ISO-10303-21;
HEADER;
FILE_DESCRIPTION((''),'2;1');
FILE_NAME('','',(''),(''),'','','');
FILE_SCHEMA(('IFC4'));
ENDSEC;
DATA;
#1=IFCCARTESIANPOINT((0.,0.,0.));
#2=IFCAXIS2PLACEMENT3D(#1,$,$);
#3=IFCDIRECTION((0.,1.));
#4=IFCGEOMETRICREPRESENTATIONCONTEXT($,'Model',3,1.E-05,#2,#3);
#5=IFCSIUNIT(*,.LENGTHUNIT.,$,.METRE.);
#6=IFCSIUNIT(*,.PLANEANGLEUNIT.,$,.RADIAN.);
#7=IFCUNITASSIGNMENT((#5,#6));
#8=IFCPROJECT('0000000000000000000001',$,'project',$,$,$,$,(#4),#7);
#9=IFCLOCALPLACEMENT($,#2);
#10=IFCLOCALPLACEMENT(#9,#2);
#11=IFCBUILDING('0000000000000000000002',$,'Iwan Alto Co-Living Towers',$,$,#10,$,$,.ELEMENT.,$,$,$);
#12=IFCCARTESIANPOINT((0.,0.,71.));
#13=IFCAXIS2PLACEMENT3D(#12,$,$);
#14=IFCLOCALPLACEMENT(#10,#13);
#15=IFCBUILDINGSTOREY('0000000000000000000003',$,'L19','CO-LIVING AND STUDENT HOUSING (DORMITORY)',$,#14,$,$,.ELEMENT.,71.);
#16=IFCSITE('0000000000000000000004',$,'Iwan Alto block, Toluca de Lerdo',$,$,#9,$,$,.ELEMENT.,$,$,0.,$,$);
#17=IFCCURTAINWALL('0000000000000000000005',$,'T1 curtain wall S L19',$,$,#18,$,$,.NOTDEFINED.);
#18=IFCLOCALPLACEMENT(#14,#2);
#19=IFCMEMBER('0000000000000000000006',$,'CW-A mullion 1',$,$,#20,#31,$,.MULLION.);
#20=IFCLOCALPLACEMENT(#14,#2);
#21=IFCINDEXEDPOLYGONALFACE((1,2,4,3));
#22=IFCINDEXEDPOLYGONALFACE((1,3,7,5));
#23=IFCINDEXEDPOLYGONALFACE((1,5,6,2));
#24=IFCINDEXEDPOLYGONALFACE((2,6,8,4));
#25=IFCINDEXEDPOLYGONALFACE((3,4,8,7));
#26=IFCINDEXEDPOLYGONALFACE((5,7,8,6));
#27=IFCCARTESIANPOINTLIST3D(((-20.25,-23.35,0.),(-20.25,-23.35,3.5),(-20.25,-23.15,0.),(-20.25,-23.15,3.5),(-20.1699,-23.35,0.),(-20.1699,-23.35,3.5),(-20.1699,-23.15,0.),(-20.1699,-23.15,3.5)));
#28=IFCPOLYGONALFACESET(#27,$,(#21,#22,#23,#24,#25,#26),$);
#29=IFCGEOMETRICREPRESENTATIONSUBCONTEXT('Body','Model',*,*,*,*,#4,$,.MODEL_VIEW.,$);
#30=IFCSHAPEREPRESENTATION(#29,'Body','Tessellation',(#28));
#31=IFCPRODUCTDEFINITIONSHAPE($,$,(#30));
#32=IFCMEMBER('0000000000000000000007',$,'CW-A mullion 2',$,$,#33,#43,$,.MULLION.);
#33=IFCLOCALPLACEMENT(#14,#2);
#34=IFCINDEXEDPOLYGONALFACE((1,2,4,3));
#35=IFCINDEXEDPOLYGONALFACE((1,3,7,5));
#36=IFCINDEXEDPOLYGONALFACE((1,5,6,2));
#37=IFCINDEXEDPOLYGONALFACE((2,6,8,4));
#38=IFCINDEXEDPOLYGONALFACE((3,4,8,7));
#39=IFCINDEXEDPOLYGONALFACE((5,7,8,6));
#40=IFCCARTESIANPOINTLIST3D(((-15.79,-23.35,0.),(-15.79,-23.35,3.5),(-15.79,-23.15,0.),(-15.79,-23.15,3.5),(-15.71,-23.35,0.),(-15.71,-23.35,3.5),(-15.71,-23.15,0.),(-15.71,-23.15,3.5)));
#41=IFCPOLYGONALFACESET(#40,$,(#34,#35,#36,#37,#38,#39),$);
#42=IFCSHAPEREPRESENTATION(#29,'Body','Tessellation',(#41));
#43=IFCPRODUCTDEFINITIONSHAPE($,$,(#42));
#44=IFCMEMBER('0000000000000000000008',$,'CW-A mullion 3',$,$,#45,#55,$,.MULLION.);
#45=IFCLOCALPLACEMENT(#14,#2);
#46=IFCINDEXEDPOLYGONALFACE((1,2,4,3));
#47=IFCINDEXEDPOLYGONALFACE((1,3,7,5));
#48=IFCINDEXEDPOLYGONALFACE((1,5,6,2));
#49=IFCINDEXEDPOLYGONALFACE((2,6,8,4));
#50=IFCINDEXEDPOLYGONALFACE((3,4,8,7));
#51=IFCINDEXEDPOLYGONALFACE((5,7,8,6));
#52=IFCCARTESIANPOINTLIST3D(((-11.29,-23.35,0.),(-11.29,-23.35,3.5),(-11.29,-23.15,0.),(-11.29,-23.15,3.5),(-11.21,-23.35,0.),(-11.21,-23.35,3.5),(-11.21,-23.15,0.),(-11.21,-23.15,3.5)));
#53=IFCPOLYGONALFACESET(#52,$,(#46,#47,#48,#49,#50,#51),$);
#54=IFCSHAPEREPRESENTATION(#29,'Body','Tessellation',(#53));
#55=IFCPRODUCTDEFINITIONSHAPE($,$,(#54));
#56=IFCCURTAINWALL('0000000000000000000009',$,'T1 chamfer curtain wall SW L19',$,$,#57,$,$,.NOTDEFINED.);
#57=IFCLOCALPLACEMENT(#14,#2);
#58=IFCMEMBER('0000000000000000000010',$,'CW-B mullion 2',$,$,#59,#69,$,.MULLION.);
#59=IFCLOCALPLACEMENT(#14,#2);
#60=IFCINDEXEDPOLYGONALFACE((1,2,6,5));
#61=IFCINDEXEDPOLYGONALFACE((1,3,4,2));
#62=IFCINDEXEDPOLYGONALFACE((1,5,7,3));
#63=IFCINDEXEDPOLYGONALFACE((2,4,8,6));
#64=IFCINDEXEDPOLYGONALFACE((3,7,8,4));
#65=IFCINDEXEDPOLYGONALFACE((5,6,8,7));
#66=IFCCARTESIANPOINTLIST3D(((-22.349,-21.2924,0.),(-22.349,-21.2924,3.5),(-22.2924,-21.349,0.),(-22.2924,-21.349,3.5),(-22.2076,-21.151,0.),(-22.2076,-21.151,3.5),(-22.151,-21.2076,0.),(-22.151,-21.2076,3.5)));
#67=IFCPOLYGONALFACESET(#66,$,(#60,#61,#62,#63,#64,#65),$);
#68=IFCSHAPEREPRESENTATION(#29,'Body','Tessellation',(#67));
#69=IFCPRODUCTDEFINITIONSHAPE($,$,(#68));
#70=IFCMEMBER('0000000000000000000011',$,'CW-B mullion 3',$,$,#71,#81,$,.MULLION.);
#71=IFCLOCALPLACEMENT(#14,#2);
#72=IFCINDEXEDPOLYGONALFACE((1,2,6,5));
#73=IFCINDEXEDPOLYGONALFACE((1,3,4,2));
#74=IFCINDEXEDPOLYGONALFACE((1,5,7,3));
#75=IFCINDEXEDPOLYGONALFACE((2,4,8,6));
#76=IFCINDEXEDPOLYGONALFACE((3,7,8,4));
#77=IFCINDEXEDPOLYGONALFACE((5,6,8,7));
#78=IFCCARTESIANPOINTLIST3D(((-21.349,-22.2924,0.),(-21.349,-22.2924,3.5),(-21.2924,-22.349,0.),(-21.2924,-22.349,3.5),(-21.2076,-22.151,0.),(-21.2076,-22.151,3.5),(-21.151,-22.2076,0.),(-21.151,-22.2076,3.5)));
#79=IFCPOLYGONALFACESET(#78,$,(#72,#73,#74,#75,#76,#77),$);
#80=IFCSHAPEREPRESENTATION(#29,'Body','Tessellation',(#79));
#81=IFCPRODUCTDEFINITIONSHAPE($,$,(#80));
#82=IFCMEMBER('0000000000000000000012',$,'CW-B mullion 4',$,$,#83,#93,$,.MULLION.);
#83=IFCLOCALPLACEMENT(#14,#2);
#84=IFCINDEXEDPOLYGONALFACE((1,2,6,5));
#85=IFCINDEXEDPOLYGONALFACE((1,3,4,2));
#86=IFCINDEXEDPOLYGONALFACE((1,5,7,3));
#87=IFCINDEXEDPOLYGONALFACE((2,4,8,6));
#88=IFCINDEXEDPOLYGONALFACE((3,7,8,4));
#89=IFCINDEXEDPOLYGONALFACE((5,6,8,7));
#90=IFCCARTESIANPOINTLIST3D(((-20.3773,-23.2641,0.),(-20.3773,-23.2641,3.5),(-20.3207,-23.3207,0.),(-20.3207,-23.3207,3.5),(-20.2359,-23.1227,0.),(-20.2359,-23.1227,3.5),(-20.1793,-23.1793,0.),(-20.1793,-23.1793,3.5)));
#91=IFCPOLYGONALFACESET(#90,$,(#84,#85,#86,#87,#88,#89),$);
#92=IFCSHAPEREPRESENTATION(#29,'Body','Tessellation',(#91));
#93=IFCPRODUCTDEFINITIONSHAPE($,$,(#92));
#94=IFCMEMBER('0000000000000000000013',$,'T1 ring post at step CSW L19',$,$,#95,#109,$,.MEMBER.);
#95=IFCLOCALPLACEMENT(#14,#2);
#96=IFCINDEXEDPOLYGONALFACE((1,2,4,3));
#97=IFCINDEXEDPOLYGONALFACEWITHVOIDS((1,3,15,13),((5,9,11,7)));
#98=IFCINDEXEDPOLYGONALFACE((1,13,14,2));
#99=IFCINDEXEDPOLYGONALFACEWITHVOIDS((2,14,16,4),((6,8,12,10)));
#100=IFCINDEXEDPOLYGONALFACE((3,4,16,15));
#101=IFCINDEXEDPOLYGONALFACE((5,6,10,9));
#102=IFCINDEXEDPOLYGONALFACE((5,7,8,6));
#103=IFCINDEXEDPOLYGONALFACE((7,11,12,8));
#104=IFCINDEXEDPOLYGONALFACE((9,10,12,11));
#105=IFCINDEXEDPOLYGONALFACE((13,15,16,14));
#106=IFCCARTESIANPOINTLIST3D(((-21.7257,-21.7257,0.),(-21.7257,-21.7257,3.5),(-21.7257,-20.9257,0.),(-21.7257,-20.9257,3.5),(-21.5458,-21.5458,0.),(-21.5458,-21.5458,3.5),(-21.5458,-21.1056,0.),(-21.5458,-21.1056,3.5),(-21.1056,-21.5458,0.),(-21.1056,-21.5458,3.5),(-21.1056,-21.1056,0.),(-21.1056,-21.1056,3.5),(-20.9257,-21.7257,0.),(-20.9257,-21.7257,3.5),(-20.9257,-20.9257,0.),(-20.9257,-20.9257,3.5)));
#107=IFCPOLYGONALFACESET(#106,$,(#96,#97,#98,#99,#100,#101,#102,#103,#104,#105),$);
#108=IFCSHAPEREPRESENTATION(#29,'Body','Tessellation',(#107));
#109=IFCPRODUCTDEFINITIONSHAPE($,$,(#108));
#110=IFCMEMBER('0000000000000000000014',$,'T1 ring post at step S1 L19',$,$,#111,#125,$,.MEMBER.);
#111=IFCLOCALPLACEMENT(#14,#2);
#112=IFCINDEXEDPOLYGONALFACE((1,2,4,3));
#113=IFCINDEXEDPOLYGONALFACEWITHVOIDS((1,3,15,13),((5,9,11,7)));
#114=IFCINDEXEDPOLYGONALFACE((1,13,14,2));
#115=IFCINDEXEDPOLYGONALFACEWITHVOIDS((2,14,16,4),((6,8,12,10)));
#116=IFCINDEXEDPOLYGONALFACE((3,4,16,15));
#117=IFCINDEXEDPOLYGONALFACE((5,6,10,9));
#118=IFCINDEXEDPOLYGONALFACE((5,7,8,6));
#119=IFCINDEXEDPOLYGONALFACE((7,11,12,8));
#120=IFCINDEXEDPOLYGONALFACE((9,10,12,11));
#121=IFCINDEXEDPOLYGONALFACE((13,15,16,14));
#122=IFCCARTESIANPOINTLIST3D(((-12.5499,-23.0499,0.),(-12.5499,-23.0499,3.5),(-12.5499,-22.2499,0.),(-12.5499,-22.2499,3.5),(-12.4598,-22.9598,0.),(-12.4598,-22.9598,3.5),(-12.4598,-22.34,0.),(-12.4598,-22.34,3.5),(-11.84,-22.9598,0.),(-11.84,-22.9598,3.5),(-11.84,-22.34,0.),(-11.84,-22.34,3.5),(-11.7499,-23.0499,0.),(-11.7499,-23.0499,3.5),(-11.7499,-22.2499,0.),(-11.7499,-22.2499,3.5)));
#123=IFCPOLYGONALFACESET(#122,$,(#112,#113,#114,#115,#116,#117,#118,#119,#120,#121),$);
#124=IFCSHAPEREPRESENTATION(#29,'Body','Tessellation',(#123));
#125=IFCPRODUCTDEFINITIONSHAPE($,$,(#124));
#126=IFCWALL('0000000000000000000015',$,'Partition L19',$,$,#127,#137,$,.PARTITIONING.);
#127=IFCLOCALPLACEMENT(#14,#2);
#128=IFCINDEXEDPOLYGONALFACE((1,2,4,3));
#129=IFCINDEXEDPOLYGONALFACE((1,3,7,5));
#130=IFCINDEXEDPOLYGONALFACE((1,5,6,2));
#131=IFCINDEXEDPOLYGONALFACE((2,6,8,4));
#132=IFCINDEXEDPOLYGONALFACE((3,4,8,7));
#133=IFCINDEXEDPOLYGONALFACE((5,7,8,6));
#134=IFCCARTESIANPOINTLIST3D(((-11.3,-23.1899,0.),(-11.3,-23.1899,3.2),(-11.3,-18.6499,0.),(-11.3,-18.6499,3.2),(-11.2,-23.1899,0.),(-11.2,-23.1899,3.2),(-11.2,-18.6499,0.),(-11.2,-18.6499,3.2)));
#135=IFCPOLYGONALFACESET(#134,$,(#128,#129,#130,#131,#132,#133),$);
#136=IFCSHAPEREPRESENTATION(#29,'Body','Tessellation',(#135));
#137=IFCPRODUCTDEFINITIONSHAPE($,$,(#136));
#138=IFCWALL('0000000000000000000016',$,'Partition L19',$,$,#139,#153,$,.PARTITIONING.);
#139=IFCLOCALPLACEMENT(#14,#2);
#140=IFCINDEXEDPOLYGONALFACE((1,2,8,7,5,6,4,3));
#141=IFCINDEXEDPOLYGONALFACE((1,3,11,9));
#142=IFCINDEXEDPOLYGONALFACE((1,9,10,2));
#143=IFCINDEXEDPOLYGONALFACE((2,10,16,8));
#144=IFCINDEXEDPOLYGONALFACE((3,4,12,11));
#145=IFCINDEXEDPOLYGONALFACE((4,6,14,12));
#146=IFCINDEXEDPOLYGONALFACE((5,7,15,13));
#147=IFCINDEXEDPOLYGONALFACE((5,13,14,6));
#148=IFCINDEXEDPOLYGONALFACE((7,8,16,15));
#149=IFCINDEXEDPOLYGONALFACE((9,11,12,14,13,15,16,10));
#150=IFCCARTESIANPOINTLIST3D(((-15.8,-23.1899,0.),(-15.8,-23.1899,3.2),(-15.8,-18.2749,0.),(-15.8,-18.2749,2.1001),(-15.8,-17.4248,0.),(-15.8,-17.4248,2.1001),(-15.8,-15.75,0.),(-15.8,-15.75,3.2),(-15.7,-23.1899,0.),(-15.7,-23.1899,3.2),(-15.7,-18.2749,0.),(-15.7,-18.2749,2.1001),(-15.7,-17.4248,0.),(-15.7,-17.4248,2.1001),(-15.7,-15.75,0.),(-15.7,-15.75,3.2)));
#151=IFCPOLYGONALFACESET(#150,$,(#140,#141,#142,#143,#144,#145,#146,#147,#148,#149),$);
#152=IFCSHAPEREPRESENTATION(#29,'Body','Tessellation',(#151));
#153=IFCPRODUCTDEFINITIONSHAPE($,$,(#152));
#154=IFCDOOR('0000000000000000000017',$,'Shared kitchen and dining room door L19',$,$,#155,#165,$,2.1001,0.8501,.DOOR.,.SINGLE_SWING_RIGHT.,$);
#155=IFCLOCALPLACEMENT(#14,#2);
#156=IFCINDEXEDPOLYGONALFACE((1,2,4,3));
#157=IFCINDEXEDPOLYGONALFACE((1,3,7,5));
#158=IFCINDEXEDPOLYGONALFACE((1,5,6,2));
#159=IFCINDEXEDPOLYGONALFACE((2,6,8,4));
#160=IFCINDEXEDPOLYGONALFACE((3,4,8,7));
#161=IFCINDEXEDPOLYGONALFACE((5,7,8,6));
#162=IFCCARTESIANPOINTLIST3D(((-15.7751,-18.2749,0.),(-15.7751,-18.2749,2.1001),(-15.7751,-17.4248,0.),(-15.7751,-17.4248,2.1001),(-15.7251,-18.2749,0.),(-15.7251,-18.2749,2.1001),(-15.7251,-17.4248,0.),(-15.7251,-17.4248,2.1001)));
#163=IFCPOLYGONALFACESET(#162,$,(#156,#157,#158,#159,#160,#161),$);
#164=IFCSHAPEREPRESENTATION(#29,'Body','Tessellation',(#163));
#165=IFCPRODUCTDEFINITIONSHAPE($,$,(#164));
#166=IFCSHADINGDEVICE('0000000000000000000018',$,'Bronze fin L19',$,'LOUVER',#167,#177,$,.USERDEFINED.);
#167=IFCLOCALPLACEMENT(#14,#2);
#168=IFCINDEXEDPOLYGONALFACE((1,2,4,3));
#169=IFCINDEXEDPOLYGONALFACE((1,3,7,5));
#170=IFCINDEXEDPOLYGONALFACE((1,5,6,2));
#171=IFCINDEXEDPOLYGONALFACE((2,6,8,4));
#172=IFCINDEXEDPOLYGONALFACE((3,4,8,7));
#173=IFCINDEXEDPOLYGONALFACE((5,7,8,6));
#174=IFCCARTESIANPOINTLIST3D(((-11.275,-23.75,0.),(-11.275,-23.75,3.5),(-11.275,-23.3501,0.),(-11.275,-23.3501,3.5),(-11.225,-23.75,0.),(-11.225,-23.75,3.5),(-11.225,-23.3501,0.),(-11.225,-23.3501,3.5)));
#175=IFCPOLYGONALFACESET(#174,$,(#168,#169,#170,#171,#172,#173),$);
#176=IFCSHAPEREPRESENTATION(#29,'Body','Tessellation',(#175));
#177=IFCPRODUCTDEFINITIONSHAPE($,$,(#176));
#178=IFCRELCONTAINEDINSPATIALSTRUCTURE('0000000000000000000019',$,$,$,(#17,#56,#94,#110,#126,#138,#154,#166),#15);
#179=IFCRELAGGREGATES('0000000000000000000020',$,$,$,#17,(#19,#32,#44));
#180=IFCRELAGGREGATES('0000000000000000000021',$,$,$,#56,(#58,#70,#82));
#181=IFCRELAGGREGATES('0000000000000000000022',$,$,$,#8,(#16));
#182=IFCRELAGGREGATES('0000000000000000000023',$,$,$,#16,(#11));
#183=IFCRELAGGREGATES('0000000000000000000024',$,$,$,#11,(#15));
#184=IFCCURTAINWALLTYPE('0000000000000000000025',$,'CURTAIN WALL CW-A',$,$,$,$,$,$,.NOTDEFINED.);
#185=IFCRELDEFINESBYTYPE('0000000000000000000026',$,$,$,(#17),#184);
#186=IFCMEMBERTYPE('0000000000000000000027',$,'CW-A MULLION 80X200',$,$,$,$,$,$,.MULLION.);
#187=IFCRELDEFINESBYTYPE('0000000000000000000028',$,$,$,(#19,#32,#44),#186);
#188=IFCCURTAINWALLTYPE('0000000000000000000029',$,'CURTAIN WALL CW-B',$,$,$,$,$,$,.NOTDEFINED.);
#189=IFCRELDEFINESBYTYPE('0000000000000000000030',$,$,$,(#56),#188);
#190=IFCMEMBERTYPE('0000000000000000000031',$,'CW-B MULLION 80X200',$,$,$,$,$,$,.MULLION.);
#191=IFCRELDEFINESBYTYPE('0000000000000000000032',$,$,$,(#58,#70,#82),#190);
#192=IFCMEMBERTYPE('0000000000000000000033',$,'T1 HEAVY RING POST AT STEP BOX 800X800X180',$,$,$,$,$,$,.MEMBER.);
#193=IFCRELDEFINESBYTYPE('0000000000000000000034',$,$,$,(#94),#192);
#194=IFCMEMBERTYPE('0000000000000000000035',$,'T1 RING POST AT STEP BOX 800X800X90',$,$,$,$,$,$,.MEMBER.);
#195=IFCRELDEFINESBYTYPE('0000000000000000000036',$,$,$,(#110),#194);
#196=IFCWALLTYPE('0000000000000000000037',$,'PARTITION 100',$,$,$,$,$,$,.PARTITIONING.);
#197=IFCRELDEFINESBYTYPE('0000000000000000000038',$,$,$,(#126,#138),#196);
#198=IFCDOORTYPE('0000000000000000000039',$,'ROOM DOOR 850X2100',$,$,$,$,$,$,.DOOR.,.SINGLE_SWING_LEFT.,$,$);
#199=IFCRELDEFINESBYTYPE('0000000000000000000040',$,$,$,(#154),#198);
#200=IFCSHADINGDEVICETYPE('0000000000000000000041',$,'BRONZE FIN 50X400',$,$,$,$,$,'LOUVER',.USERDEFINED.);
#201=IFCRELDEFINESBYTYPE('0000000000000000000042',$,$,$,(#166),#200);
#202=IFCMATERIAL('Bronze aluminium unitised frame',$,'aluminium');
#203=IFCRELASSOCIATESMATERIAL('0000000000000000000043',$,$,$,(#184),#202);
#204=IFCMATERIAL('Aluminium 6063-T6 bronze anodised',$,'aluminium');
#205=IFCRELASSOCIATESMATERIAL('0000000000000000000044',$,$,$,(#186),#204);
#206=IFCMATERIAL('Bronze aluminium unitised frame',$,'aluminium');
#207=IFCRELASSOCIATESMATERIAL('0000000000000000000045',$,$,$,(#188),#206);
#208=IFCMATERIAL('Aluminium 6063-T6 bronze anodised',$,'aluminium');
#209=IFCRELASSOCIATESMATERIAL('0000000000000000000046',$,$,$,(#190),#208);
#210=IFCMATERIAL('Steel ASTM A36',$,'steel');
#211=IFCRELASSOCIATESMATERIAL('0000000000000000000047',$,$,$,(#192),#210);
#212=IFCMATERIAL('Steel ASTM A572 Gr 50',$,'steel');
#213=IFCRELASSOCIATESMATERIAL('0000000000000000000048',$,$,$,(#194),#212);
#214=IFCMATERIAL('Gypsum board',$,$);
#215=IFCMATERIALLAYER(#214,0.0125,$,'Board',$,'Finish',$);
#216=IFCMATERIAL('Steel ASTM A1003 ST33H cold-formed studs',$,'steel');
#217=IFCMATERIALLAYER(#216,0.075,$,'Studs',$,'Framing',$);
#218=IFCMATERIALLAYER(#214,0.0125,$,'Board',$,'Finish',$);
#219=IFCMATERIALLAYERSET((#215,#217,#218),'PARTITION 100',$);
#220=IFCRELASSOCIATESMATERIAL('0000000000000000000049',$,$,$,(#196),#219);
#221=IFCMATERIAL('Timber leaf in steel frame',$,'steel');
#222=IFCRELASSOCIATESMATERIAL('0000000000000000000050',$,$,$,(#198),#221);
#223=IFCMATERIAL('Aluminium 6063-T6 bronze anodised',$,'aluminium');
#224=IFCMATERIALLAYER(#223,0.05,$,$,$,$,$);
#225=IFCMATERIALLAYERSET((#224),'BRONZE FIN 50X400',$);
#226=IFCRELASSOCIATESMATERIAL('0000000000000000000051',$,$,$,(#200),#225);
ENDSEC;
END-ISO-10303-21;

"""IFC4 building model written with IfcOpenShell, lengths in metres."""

from ifc_helpers import new_model, si_unit, direction, frame, frame_2d, origin, origin_2d, place, context, subcontext, project, spatial, rectangle, hollow_rectangle, extrude, material, layer, layer_set, material_profile, profile_set, type_object, element, fill, aggregate, save


model = new_model("IFC4")

# Units and contexts
model_context = context("Model", 3, precision=1e-05, world=origin(), true_north=direction((0.0, 1.0)))
body_context = subcontext(model_context, "Body", "Model", "MODEL_VIEW")
ifc_project = project(units=[si_unit("LENGTHUNIT", "METRE"), si_unit("PLANEANGLEUNIT", "RADIAN")], contexts=[model_context])

# Site, building, storey
site_placement = place(None, origin())
site = spatial("IfcSite", under=ifc_project, at=site_placement, Name="Iwan Alto block, Toluca de Lerdo", CompositionType="ELEMENT", RefElevation=0.0)
building_placement = place(site_placement, origin())
building = spatial("IfcBuilding", under=site, at=building_placement, Name="Iwan Alto Co-Living Towers", CompositionType="ELEMENT")
storey_placement = place(building_placement, frame((0.0, 0.0, 71.0)))
storey = spatial("IfcBuildingStorey", under=building, at=storey_placement, Name="L19", Description="CO-LIVING AND STUDENT HOUSING (DORMITORY)", CompositionType="ELEMENT", Elevation=71.0)

# Curtain walls, members
ifc_material_1 = material(Name="Bronze aluminium unitised frame", Category="aluminium")
curtain_wall_type_1 = type_object("IfcCurtainWallType", Name="CURTAIN WALL CW-A", PredefinedType="NOTDEFINED", material=ifc_material_1)
curtain_wall_1_placement = place(storey_placement, origin())
curtain_wall_1 = element("IfcCurtainWall", 1, at=curtain_wall_1_placement, inside=storey, type_object=curtain_wall_type_1, Name="T1 curtain wall S L19", PredefinedType="NOTDEFINED")
ifc_material_2 = material(Name="Aluminium 6063-T6 bronze anodised", Category="aluminium")
ifc_material_profile_1 = material_profile(ifc_material_2, rectangle(XDim=0.2, YDim=0.0801, at=origin_2d()), Name="AL 80X200")
ifc_profile_set_1 = profile_set([ifc_material_profile_1], Name="Aluminium 6063-T6 bronze anodised")
member_type_1 = type_object("IfcMemberType", Name="CW-A MULLION 80X200", PredefinedType="MULLION", material=ifc_profile_set_1)
member_1_placement = place(storey_placement, frame((-20.21, -23.25, 0.0), z_axis=(0.0, 0.0, 1.0), x_axis=(0.0, 1.0, 0.0)))
member_1 = element("IfcMember", 2, at=member_1_placement, type_object=member_type_1, Name="CW-A mullion 1", PredefinedType="MULLION", context=body_context, shape_type="SweptSolid", body=[
    extrude(rectangle(XDim=0.2, YDim=0.0801, at=origin_2d()), origin(), (0.0, 0.0, 1.0), 3.5),
])
member_2_placement = place(storey_placement, frame((-15.75, -23.25, 0.0), z_axis=(0.0, 0.0, 1.0), x_axis=(0.0, 1.0, 0.0)))
member_2 = element("IfcMember", 3, at=member_2_placement, type_object=member_type_1, Name="CW-A mullion 2", PredefinedType="MULLION", context=body_context, shape_type="SweptSolid", body=[
    extrude(rectangle(XDim=0.2, YDim=0.0801, at=origin_2d()), origin(), (0.0, 0.0, 1.0), 3.5),
])
member_3_placement = place(storey_placement, frame((-11.25, -23.25, 0.0), z_axis=(0.0, 0.0, 1.0), x_axis=(0.0, 1.0, 0.0)))
member_3 = element("IfcMember", 4, at=member_3_placement, type_object=member_type_1, Name="CW-A mullion 3", PredefinedType="MULLION", context=body_context, shape_type="SweptSolid", body=[
    extrude(rectangle(XDim=0.2, YDim=0.0801, at=origin_2d()), origin(), (0.0, 0.0, 1.0), 3.5),
])
aggregate(curtain_wall_1, [member_1, member_2, member_3])
ifc_material_3 = material(Name="Bronze aluminium unitised frame", Category="aluminium")
curtain_wall_type_2 = type_object("IfcCurtainWallType", Name="CURTAIN WALL CW-B", PredefinedType="NOTDEFINED", material=ifc_material_3)
curtain_wall_2_placement = place(storey_placement, origin())
curtain_wall_2 = element("IfcCurtainWall", 5, at=curtain_wall_2_placement, inside=storey, type_object=curtain_wall_type_2, Name="T1 chamfer curtain wall SW L19", PredefinedType="NOTDEFINED")
ifc_material_4 = material(Name="Aluminium 6063-T6 bronze anodised", Category="aluminium")
ifc_material_profile_2 = material_profile(ifc_material_4, rectangle(XDim=0.2, YDim=0.0801, at=origin_2d()), Name="AL 80X200")
ifc_profile_set_2 = profile_set([ifc_material_profile_2], Name="Aluminium 6063-T6 bronze anodised")
member_type_2 = type_object("IfcMemberType", Name="CW-B MULLION 80X200", PredefinedType="MULLION", material=ifc_profile_set_2)
member_4_placement = place(storey_placement, frame((-22.25, -21.25, 0.0), z_axis=(0.0, 0.0, 1.0), x_axis=(0.707107, 0.707107, 0.0)))
member_4 = element("IfcMember", 6, at=member_4_placement, type_object=member_type_2, Name="CW-B mullion 2", PredefinedType="MULLION", context=body_context, shape_type="SweptSolid", body=[
    extrude(rectangle(XDim=0.2, YDim=0.0801, at=origin_2d()), origin(), (0.0, 0.0, 1.0), 3.5),
])
member_5_placement = place(storey_placement, frame((-21.25, -22.25, 0.0), z_axis=(0.0, 0.0, 1.0), x_axis=(0.707107, 0.707107, 0.0)))
member_5 = element("IfcMember", 7, at=member_5_placement, type_object=member_type_2, Name="CW-B mullion 3", PredefinedType="MULLION", context=body_context, shape_type="SweptSolid", body=[
    extrude(rectangle(XDim=0.2, YDim=0.0801, at=origin_2d()), origin(), (0.0, 0.0, 1.0), 3.5),
])
member_6_placement = place(storey_placement, frame((-20.2783, -23.2217, 0.0), z_axis=(0.0, 0.0, 1.0), x_axis=(0.707107, 0.707107, 0.0)))
member_6 = element("IfcMember", 8, at=member_6_placement, type_object=member_type_2, Name="CW-B mullion 4", PredefinedType="MULLION", context=body_context, shape_type="SweptSolid", body=[
    extrude(rectangle(XDim=0.2, YDim=0.0801, at=origin_2d()), origin(), (0.0, 0.0, 1.0), 3.5),
])
aggregate(curtain_wall_2, [member_4, member_5, member_6])

# Members
ifc_material_5 = material(Name="Steel ASTM A36", Category="steel")
ifc_material_profile_3 = material_profile(ifc_material_5, hollow_rectangle(XDim=0.8, YDim=0.8, WallThickness=0.1799, at=origin_2d()), Name="BOX 800X800X180")
ifc_profile_set_3 = profile_set([ifc_material_profile_3], Name="Steel ASTM A36")
member_type_3 = type_object("IfcMemberType", Name="T1 HEAVY RING POST AT STEP BOX 800X800X180", PredefinedType="MEMBER", material=ifc_profile_set_3)
member_7_placement = place(storey_placement, frame((-21.3257, -21.3257, 0.0), z_axis=(0.0, 0.0, 1.0), x_axis=(1.0, 0.0, 0.0)))
element("IfcMember", 9, at=member_7_placement, inside=storey, type_object=member_type_3, Name="T1 ring post at step CSW L19", PredefinedType="MEMBER", context=body_context, shape_type="SweptSolid", body=[
    extrude(hollow_rectangle(XDim=0.8, YDim=0.8, WallThickness=0.1799, at=origin_2d()), origin(), (0.0, 0.0, 1.0), 3.5),
])
ifc_material_6 = material(Name="Steel ASTM A572 Gr 50", Category="steel")
ifc_material_profile_4 = material_profile(ifc_material_6, hollow_rectangle(XDim=0.8, YDim=0.8, WallThickness=0.0901, at=origin_2d()), Name="BOX 800X800X90")
ifc_profile_set_4 = profile_set([ifc_material_profile_4], Name="Steel ASTM A572 Gr 50")
member_type_4 = type_object("IfcMemberType", Name="T1 RING POST AT STEP BOX 800X800X90", PredefinedType="MEMBER", material=ifc_profile_set_4)
member_8_placement = place(storey_placement, frame((-12.1499, -22.6499, 0.0), z_axis=(0.0, 0.0, 1.0), x_axis=(1.0, 0.0, 0.0)))
element("IfcMember", 10, at=member_8_placement, inside=storey, type_object=member_type_4, Name="T1 ring post at step S1 L19", PredefinedType="MEMBER", context=body_context, shape_type="SweptSolid", body=[
    extrude(hollow_rectangle(XDim=0.8, YDim=0.8, WallThickness=0.0901, at=origin_2d()), origin(), (0.0, 0.0, 1.0), 3.5),
])

# Wall
ifc_material_7 = material(Name="Gypsum board")
ifc_layer_1 = layer(ifc_material_7, 0.0125, Name="Board", Category="Finish")
ifc_material_8 = material(Name="Steel ASTM A1003 ST33H cold-formed studs", Category="steel")
ifc_layer_2 = layer(ifc_material_8, 0.075, Name="Studs", Category="Framing")
ifc_layer_3 = layer(ifc_material_7, 0.0125, Name="Board", Category="Finish")
ifc_layer_set_1 = layer_set([ifc_layer_1, ifc_layer_2, ifc_layer_3], Name="PARTITION 100")
wall_type = type_object("IfcWallType", Name="PARTITION 100", PredefinedType="PARTITIONING", material=ifc_layer_set_1)
wall_1_placement = place(storey_placement, frame((-11.25, -23.1899, 0.0), z_axis=(0.0, 0.0, 1.0), x_axis=(0.0, 1.0, 0.0)))
element("IfcWall", 11, at=wall_1_placement, inside=storey, type_object=wall_type, Name="Partition L19", PredefinedType="PARTITIONING", context=body_context, shape_type="SweptSolid", body=[
    extrude(rectangle(XDim=4.54, YDim=0.1001, at=frame_2d((2.27, 0.0))), origin(), (0.0, 0.0, 1.0), 3.2),
])

# Wall, opening, door
wall_2_placement = place(storey_placement, frame((-15.75, -23.1899, 0.0), z_axis=(0.0, 0.0, 1.0), x_axis=(0.0, 1.0, 0.0)))
wall_2 = element("IfcWall", 12, at=wall_2_placement, inside=storey, type_object=wall_type, Name="Partition L19", PredefinedType="PARTITIONING", context=body_context, shape_type="SweptSolid", body=[
    extrude(rectangle(XDim=7.4399, YDim=0.1001, at=frame_2d((3.72, 0.0))), origin(), (0.0, 0.0, 1.0), 3.2),
])
opening_placement = place(wall_2_placement, frame((4.915, 0.0, 0.0)))
opening = element("IfcOpeningElement", 13, at=opening_placement, cuts=wall_2, PredefinedType="OPENING", context=body_context, shape_type="SweptSolid", body=[
    extrude(rectangle(XDim=0.8501, YDim=2.1001, at=frame_2d((0.425, 1.05))), frame((0.0, 0.0601, 0.0), z_axis=(0.0, -1.0, 0.0), x_axis=(1.0, 0.0, 0.0)), (0.0, 0.0, 1.0), 0.1201),
])
ifc_material_9 = material(Name="Timber leaf in steel frame", Category="steel")
door_type = type_object("IfcDoorType", Name="ROOM DOOR 850X2100", OperationType="SINGLE_SWING_LEFT", PredefinedType="DOOR", material=ifc_material_9)
door_placement = place(opening_placement, frame((0.8501, 0.0, 0.0), z_axis=(0.0, 0.0, 1.0), x_axis=(-1.0, 0.0, 0.0)))
door = element("IfcDoor", 14, at=door_placement, inside=storey, type_object=door_type, Name="Shared kitchen and dining room door L19", OperationType="SINGLE_SWING_RIGHT", OverallHeight=2.1001, OverallWidth=0.8501, PredefinedType="DOOR", context=body_context, shape_type="SweptSolid", body=[
    extrude(rectangle(XDim=0.8501, YDim=2.1001, at=frame_2d((0.425, 1.05))), frame((0.0, 0.0249, 0.0), z_axis=(0.0, -1.0, 0.0), x_axis=(1.0, 0.0, 0.0)), (0.0, 0.0, 1.0), 0.05),
])
fill(opening, door)

# Shading device
ifc_material_10 = material(Name="Aluminium 6063-T6 bronze anodised", Category="aluminium")
ifc_layer_4 = layer(ifc_material_10, 0.05)
ifc_layer_set_2 = layer_set([ifc_layer_4], Name="BRONZE FIN 50X400")
shading_device_type = type_object("IfcShadingDeviceType", Name="BRONZE FIN 50X400", ElementType="LOUVER", PredefinedType="USERDEFINED", material=ifc_layer_set_2)
shading_device_placement = place(storey_placement, frame((-11.25, -23.55, 0.0), z_axis=(0.0, 0.0, 1.0), x_axis=(1.0, 0.0, 0.0)))
element("IfcShadingDevice", 15, at=shading_device_placement, inside=storey, type_object=shading_device_type, Name="Bronze fin L19", ObjectType="LOUVER", PredefinedType="USERDEFINED", context=body_context, shape_type="SweptSolid", body=[
    extrude(rectangle(XDim=0.05, YDim=0.3999, at=origin_2d()), origin(), (0.0, 0.0, 1.0), 3.5),
])

save(model, "model.ifc")
